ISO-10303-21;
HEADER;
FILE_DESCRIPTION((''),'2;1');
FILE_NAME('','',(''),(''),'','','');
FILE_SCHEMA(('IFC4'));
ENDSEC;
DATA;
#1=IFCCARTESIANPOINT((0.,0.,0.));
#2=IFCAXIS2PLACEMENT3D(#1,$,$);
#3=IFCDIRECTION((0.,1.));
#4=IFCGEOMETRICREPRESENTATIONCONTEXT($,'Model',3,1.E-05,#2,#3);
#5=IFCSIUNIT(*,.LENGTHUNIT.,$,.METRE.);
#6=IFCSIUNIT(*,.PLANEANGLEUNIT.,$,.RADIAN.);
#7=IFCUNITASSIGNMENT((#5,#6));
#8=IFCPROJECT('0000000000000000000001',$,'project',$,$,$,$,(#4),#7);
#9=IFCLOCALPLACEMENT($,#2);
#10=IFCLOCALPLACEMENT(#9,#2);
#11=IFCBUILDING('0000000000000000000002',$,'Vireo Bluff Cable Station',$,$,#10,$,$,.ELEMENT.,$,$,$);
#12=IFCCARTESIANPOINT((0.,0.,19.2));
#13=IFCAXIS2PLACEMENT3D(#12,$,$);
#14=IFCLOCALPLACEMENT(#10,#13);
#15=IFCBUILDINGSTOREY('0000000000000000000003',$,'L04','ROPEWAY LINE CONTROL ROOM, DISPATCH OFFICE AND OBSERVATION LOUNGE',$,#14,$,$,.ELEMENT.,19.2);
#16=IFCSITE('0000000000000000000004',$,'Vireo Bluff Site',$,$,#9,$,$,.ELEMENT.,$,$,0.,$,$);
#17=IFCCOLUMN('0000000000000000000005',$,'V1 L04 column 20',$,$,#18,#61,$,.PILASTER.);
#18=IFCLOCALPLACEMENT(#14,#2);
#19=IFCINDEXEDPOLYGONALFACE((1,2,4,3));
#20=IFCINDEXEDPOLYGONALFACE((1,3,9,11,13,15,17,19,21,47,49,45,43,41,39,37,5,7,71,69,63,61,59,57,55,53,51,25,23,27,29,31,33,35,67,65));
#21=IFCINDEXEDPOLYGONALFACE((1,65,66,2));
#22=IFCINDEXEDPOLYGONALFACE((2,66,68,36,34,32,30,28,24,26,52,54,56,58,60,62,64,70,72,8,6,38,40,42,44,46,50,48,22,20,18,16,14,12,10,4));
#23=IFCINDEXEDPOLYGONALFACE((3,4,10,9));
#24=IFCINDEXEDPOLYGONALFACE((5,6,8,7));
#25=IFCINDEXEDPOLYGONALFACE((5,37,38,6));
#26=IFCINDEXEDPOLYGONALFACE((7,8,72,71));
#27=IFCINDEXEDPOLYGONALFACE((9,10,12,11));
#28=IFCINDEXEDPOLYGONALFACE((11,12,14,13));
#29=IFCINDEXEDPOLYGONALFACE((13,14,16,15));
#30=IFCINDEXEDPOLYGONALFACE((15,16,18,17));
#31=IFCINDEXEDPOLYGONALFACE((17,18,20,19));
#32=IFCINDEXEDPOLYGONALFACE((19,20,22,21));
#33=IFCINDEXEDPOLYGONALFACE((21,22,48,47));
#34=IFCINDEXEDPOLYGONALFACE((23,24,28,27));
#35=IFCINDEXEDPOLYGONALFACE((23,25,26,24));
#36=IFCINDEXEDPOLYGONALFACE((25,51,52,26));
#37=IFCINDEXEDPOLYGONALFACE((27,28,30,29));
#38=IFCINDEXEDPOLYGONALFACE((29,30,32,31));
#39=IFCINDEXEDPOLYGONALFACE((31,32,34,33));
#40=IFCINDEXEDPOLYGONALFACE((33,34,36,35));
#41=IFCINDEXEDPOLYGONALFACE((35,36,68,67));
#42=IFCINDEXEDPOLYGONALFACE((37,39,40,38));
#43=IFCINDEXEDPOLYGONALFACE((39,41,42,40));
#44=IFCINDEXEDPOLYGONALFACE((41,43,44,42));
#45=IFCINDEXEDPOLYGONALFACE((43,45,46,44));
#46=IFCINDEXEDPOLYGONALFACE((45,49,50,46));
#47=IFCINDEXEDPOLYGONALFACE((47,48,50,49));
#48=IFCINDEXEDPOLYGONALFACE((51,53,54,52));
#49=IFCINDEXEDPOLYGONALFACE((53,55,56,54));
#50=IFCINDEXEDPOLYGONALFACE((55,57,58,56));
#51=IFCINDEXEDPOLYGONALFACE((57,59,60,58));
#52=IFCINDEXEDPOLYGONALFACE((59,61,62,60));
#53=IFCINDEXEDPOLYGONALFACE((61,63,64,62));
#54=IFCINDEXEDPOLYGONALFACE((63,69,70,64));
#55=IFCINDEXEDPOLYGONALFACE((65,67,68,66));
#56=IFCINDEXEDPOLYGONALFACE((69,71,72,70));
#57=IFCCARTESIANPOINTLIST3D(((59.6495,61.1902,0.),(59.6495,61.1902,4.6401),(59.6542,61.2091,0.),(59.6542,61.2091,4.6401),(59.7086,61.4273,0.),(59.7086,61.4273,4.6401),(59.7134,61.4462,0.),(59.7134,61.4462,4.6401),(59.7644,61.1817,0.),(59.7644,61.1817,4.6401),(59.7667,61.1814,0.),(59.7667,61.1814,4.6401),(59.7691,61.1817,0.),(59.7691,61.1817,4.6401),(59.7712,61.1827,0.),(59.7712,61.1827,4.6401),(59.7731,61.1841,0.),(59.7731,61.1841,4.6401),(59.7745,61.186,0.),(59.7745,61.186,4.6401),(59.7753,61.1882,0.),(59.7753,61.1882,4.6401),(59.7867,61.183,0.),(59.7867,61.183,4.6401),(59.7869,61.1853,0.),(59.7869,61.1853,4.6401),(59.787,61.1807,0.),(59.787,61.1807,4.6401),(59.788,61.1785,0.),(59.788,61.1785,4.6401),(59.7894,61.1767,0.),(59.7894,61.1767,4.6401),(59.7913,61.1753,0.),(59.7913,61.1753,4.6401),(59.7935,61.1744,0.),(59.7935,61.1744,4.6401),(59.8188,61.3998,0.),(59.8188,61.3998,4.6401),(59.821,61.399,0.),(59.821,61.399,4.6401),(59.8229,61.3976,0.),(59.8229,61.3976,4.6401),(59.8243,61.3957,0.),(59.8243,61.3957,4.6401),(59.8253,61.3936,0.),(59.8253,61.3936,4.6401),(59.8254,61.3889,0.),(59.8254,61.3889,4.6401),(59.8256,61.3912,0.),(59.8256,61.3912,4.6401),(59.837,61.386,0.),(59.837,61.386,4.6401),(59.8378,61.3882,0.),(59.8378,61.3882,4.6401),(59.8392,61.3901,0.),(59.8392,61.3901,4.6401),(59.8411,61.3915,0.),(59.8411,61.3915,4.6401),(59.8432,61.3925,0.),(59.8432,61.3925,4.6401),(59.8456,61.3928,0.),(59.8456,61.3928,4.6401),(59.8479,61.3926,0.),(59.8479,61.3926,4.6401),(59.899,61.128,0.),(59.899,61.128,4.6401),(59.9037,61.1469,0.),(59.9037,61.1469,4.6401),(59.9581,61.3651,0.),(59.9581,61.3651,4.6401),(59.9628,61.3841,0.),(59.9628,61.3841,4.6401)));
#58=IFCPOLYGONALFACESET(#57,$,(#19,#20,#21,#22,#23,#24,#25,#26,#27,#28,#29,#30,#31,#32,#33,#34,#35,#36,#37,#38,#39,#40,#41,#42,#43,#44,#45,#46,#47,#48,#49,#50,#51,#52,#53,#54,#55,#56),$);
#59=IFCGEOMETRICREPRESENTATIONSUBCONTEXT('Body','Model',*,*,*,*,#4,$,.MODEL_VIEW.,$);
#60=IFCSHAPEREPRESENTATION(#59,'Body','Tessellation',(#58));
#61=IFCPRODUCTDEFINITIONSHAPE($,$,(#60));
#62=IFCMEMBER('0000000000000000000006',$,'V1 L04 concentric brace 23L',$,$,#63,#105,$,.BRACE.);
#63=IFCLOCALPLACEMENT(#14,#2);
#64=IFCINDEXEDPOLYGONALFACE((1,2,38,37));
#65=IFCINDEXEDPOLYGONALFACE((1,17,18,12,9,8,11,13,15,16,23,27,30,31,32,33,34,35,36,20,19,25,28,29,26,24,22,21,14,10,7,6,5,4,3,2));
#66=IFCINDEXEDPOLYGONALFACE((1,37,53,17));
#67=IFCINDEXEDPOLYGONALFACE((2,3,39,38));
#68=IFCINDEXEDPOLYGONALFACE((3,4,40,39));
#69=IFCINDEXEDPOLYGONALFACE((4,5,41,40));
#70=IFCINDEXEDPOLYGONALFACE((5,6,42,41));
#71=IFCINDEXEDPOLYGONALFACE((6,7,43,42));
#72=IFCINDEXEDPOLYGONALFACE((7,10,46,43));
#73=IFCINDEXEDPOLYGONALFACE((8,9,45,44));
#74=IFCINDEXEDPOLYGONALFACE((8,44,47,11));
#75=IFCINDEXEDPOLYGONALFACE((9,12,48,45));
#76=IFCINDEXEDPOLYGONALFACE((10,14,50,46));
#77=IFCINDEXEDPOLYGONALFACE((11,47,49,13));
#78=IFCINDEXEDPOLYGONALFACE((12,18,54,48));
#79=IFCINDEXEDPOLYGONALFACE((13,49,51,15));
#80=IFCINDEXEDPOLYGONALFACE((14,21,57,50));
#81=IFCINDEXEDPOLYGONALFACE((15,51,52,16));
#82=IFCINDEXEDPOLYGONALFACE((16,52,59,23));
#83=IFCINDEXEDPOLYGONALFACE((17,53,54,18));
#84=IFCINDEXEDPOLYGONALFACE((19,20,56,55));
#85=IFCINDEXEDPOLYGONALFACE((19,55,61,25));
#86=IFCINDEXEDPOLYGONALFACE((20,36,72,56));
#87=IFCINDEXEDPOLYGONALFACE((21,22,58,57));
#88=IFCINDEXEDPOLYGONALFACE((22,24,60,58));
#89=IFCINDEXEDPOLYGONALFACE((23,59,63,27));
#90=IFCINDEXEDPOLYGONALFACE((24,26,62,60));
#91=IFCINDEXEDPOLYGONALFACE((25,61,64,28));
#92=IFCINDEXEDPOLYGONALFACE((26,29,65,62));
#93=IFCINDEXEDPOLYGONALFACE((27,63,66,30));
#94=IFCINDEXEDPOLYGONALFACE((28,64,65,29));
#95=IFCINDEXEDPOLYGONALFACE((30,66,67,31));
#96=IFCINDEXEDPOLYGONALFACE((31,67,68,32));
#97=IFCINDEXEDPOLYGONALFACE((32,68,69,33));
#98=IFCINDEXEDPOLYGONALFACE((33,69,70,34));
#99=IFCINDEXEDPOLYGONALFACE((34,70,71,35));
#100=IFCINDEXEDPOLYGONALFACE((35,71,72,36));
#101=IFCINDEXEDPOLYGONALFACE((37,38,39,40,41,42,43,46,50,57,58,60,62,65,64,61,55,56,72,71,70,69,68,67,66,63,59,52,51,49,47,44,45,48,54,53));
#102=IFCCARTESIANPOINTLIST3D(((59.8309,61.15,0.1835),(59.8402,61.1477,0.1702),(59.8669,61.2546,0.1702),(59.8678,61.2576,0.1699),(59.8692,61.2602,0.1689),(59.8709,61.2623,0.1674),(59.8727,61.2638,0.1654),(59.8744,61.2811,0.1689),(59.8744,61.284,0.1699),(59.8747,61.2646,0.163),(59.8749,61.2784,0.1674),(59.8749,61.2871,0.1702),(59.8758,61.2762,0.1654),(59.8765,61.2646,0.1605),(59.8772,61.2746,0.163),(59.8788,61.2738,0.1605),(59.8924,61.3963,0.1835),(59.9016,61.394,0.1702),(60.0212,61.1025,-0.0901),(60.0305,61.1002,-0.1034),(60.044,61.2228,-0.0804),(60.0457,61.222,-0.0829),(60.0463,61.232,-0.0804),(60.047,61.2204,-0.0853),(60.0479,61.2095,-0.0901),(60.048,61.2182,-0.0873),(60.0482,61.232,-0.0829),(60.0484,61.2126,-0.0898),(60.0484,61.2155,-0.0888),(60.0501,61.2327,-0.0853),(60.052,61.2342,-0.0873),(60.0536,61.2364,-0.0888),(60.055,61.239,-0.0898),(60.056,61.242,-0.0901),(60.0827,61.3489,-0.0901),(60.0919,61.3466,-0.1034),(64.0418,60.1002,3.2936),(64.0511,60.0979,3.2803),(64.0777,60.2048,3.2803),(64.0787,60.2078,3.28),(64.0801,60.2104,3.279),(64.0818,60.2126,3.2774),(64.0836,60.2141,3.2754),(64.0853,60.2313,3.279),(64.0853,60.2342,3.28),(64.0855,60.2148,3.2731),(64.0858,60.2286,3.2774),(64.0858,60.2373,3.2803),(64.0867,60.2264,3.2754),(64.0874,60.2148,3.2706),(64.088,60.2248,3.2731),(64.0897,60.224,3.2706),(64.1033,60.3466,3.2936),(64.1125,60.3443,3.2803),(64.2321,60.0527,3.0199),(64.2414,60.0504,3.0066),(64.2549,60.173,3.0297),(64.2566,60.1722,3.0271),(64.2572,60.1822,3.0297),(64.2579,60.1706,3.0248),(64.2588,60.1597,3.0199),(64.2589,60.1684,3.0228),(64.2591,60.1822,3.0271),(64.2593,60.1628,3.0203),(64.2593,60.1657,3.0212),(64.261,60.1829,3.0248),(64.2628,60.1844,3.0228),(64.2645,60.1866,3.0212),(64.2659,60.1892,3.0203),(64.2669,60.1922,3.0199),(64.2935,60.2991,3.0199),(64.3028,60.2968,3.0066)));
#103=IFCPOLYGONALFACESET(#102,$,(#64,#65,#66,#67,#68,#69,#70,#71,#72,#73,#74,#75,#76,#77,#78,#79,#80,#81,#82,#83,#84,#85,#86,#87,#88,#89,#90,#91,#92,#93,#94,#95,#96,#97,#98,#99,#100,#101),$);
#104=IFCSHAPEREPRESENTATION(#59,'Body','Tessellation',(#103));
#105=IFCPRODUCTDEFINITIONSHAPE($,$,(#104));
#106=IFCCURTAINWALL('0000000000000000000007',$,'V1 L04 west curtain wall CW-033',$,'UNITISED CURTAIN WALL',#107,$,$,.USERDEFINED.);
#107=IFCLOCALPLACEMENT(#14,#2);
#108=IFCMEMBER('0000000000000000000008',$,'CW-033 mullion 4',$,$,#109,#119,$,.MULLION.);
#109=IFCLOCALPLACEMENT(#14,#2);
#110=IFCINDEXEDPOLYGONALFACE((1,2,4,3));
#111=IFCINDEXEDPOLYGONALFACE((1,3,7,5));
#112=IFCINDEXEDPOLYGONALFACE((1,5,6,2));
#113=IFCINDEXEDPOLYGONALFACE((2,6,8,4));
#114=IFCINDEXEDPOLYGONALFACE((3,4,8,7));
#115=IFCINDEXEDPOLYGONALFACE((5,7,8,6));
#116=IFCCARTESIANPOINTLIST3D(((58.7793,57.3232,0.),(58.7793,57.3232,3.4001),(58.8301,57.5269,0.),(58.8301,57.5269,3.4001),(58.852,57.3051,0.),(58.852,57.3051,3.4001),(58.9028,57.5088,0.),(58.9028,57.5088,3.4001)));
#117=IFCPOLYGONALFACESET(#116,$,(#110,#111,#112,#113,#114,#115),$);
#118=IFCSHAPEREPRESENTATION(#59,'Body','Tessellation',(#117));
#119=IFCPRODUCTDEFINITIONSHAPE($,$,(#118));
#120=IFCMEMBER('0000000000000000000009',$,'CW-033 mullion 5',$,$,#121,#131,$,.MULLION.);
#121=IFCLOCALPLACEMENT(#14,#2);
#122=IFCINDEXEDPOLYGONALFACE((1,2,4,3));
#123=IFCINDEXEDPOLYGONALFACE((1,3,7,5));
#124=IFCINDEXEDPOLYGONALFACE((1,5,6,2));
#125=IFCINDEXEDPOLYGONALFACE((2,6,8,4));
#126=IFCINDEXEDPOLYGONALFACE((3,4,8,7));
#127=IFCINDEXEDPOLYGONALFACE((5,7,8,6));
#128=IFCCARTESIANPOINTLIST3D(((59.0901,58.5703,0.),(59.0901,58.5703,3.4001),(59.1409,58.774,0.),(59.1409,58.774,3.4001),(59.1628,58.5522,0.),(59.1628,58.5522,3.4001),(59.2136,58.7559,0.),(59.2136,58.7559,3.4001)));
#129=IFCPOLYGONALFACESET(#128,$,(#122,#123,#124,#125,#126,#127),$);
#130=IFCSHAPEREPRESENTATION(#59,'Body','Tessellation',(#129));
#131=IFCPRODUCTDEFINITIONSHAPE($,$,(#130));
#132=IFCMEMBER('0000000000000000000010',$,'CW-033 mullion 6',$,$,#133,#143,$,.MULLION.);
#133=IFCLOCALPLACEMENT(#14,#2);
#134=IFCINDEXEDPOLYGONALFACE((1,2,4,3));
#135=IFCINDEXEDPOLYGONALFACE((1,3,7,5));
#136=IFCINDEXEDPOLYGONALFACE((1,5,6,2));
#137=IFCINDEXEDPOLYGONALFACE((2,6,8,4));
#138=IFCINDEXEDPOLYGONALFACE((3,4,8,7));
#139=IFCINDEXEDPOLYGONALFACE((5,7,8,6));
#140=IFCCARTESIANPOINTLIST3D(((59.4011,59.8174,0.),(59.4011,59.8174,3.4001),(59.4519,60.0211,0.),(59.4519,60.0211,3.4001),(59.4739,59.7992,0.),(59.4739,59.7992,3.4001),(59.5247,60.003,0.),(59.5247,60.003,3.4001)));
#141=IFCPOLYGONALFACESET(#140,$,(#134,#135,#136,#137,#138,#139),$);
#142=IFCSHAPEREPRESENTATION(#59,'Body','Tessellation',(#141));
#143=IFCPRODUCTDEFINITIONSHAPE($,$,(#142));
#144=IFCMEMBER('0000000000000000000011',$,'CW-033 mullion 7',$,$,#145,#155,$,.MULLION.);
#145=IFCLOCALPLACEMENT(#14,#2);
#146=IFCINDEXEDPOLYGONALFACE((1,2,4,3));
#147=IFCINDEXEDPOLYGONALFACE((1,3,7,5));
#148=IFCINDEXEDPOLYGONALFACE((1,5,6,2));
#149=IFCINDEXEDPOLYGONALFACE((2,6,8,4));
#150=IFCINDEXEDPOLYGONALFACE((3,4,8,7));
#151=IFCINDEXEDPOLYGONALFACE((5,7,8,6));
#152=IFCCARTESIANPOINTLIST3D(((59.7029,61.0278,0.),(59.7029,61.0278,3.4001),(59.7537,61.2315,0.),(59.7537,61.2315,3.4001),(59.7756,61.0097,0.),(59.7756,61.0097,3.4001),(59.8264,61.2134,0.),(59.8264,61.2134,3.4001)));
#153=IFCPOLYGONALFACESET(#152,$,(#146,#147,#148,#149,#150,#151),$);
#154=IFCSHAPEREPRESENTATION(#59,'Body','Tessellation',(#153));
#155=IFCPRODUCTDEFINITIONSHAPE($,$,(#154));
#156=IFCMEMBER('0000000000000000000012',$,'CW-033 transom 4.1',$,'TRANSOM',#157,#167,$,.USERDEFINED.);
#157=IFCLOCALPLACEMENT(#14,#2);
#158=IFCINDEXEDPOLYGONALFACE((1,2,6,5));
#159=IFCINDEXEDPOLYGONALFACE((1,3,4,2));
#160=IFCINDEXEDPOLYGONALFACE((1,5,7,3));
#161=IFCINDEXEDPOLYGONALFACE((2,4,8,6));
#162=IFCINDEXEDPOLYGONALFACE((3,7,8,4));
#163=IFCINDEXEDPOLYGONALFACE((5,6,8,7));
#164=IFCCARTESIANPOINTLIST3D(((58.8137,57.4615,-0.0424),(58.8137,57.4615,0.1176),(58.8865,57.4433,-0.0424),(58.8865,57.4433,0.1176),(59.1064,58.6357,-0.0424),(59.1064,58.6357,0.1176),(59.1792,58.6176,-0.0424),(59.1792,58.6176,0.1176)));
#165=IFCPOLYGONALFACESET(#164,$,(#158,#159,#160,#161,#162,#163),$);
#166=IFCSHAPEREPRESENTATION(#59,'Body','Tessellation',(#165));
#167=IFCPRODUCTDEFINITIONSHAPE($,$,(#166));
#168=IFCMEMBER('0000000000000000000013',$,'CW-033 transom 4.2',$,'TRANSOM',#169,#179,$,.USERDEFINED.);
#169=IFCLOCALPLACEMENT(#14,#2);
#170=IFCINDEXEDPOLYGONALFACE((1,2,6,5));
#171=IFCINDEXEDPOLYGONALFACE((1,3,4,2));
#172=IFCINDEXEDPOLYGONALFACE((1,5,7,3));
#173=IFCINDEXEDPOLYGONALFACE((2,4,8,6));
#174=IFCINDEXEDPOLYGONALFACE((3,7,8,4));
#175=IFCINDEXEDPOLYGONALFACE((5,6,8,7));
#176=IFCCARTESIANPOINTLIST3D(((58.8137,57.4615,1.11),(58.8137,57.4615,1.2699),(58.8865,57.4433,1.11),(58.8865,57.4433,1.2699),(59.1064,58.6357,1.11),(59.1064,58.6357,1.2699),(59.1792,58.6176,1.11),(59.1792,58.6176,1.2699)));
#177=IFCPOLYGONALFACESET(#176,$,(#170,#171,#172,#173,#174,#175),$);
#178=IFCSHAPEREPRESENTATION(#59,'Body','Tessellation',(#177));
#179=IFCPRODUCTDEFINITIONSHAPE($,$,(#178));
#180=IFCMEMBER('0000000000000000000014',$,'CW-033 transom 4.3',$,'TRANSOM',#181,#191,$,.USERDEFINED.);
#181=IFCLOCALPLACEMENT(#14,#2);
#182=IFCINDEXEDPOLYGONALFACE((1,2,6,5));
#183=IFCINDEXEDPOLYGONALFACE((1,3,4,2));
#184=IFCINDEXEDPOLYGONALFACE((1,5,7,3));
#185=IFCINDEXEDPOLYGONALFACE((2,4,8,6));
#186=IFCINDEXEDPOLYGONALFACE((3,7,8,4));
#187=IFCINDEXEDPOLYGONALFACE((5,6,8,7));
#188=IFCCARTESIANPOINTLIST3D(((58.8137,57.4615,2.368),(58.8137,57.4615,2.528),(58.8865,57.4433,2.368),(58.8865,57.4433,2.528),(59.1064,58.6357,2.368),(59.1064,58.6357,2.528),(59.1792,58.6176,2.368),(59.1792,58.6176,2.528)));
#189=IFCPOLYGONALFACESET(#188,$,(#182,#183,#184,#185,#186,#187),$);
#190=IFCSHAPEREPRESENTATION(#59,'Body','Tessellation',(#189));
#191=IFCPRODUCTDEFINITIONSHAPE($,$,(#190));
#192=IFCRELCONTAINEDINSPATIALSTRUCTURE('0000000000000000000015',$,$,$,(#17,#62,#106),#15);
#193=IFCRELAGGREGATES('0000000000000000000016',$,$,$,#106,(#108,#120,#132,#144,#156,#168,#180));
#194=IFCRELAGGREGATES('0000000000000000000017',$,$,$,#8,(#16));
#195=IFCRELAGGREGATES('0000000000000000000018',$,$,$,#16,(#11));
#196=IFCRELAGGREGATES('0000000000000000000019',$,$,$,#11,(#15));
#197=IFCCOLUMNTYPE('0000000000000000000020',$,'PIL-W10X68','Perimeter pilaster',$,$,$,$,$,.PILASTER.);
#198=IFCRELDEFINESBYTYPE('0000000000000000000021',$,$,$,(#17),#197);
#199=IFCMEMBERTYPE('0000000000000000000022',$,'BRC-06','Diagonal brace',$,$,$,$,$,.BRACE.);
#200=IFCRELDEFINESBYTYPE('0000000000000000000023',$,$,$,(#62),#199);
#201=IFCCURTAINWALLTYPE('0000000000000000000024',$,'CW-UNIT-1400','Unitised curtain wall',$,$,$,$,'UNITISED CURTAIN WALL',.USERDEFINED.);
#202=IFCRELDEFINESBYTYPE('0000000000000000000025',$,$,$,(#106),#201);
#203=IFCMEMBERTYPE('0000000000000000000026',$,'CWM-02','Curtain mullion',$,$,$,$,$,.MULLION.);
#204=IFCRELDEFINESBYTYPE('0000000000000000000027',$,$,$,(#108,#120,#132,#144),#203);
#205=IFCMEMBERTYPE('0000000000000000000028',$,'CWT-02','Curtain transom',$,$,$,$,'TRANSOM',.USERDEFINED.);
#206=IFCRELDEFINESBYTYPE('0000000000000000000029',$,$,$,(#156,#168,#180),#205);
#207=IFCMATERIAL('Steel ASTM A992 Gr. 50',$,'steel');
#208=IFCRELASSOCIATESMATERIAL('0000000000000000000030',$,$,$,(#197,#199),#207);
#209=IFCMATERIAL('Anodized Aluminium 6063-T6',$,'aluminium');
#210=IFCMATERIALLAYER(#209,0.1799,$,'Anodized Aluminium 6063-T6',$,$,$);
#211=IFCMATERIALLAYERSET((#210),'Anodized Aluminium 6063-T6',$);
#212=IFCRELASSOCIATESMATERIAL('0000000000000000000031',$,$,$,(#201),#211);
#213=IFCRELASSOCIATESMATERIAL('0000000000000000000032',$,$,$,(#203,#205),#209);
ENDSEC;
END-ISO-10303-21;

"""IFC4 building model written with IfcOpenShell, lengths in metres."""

from ifc_helpers import new_model, si_unit, direction, frame, origin, origin_2d, place, context, subcontext, project, spatial, rectangle, i_section, extrude, material, layer, layer_set, material_profile, profile_set, type_object, element, aggregate, save


model = new_model("IFC4")

# Units and contexts
model_context = context("Model", 3, precision=1e-05, world=origin(), true_north=direction((0.0, 1.0)))
body_context = subcontext(model_context, "Body", "Model", "MODEL_VIEW")
ifc_project = project(units=[si_unit("LENGTHUNIT", "METRE"), si_unit("PLANEANGLEUNIT", "RADIAN")], contexts=[model_context])

# Site, building, storey
site_placement = place(None, origin())
site = spatial("IfcSite", under=ifc_project, at=site_placement, Name="Vireo Bluff Site", CompositionType="ELEMENT", RefElevation=0.0)
building_placement = place(site_placement, origin())
building = spatial("IfcBuilding", under=site, at=building_placement, Name="Vireo Bluff Cable Station", CompositionType="ELEMENT")
storey_placement = place(building_placement, frame((0.0, 0.0, 19.2)))
storey = spatial("IfcBuildingStorey", under=building, at=storey_placement, Name="L04", Description="ROPEWAY LINE CONTROL ROOM, DISPATCH OFFICE AND OBSERVATION LOUNGE", CompositionType="ELEMENT", Elevation=19.2)

# Column
ifc_material_1 = material(Name="Steel ASTM A992 Gr. 50", Category="steel")
ifc_material_profile_1 = material_profile(ifc_material_1, i_section(OverallWidth=0.2571, OverallDepth=0.2639, WebThickness=0.012, FlangeThickness=0.0195, FilletRadius=0.009, at=origin_2d()), Name="W10X68")
ifc_profile_set_1 = profile_set([ifc_material_profile_1], Name="Steel ASTM A992 Gr. 50")
column_type = type_object("IfcColumnType", Name="PIL-W10X68", Description="Perimeter pilaster", PredefinedType="PILASTER", material=ifc_profile_set_1)
column_placement = place(storey_placement, frame((59.8062, 61.2871, 0.0), z_axis=(0.0, 0.0, 1.0), x_axis=(0.970296, -0.241922, 0.0)))
element("IfcColumn", 1, at=column_placement, inside=storey, type_object=column_type, Name="V1 L04 column 20", PredefinedType="PILASTER", context=body_context, shape_type="SweptSolid", body=[
    extrude(i_section(OverallWidth=0.2571, OverallDepth=0.2639, WebThickness=0.012, FlangeThickness=0.0195, FilletRadius=0.009, at=origin_2d()), origin(), (0.0, 0.0, 1.0), 4.6401),
])

# Member
ifc_material_profile_2 = material_profile(ifc_material_1, i_section(OverallWidth=0.2539, OverallDepth=0.353, WebThickness=0.0095, FlangeThickness=0.0164, FilletRadius=0.012, at=origin_2d()), Name="W14X61")
ifc_profile_set_2 = profile_set([ifc_material_profile_2], Name="Steel ASTM A992 Gr. 50")
member_type_1 = type_object("IfcMemberType", Name="BRC-06", Description="Diagonal brace", PredefinedType="BRACE", material=ifc_profile_set_2)
member_1_placement = place(storey_placement, frame((59.9614, 61.2483, 0.04), z_axis=(0.788686, -0.196623, 0.582506), x_axis=(0.2419, 0.970301, 0.0)))
element("IfcMember", 2, at=member_1_placement, inside=storey, type_object=member_type_1, Name="V1 L04 concentric brace 23L", PredefinedType="BRACE", context=body_context, shape_type="SweptSolid", body=[
    extrude(i_section(OverallWidth=0.2539, OverallDepth=0.353, WebThickness=0.0095, FlangeThickness=0.0164, FilletRadius=0.012, at=origin_2d()), origin(), (0.0, 0.0, 1.0), 5.3391),
])

# Curtain wall, members
ifc_material_2 = material(Name="Anodized Aluminium 6063-T6", Category="aluminium")
ifc_layer_1 = layer(ifc_material_2, 0.1799, Name="Anodized Aluminium 6063-T6")
ifc_layer_set_1 = layer_set([ifc_layer_1], Name="Anodized Aluminium 6063-T6")
curtain_wall_type = type_object("IfcCurtainWallType", Name="CW-UNIT-1400", Description="Unitised curtain wall", ElementType="UNITISED CURTAIN WALL", PredefinedType="USERDEFINED", material=ifc_layer_set_1)
curtain_wall_placement = place(storey_placement, origin())
curtain_wall = element("IfcCurtainWall", 3, at=curtain_wall_placement, inside=storey, type_object=curtain_wall_type, Name="V1 L04 west curtain wall CW-033", ObjectType="UNITISED CURTAIN WALL", PredefinedType="USERDEFINED")
ifc_material_profile_3 = material_profile(ifc_material_2, rectangle(XDim=0.075, YDim=0.21, at=origin_2d()), Name="ALU-M-75X210")
ifc_profile_set_3 = profile_set([ifc_material_profile_3], Name="Anodized Aluminium 6063-T6")
member_type_2 = type_object("IfcMemberType", Name="CWM-02", Description="Curtain mullion", PredefinedType="MULLION", material=ifc_profile_set_3)
member_2_placement = place(storey_placement, frame((58.8411, 57.416, 0.0), z_axis=(0.0, 0.0, 1.0), x_axis=(-0.970296, 0.241922, 0.0)))
member_2 = element("IfcMember", 4, at=member_2_placement, type_object=member_type_2, Name="CW-033 mullion 4", PredefinedType="MULLION", context=body_context, shape_type="SweptSolid", body=[
    extrude(rectangle(XDim=0.075, YDim=0.21, at=origin_2d()), origin(), (0.0, 0.0, 1.0), 3.4001),
])
member_3_placement = place(storey_placement, frame((59.1519, 58.6631, 0.0), z_axis=(0.0, 0.0, 1.0), x_axis=(-0.970296, 0.241922, 0.0)))
member_3 = element("IfcMember", 5, at=member_3_placement, type_object=member_type_2, Name="CW-033 mullion 5", PredefinedType="MULLION", context=body_context, shape_type="SweptSolid", body=[
    extrude(rectangle(XDim=0.075, YDim=0.21, at=origin_2d()), origin(), (0.0, 0.0, 1.0), 3.4001),
])
member_4_placement = place(storey_placement, frame((59.4629, 59.9102, 0.0), z_axis=(0.0, 0.0, 1.0), x_axis=(-0.970296, 0.241922, 0.0)))
member_4 = element("IfcMember", 6, at=member_4_placement, type_object=member_type_2, Name="CW-033 mullion 6", PredefinedType="MULLION", context=body_context, shape_type="SweptSolid", body=[
    extrude(rectangle(XDim=0.075, YDim=0.21, at=origin_2d()), origin(), (0.0, 0.0, 1.0), 3.4001),
])
member_5_placement = place(storey_placement, frame((59.7646, 61.1206, 0.0), z_axis=(0.0, 0.0, 1.0), x_axis=(-0.970296, 0.241922, 0.0)))
member_5 = element("IfcMember", 7, at=member_5_placement, type_object=member_type_2, Name="CW-033 mullion 7", PredefinedType="MULLION", context=body_context, shape_type="SweptSolid", body=[
    extrude(rectangle(XDim=0.075, YDim=0.21, at=origin_2d()), origin(), (0.0, 0.0, 1.0), 3.4001),
])
ifc_material_profile_4 = material_profile(ifc_material_2, rectangle(XDim=0.075, YDim=0.1599, at=origin_2d()), Name="ALU-T-75X160")
ifc_profile_set_4 = profile_set([ifc_material_profile_4], Name="Anodized Aluminium 6063-T6")
member_type_3 = type_object("IfcMemberType", Name="CWT-02", Description="Curtain transom", ElementType="TRANSOM", PredefinedType="USERDEFINED", material=ifc_profile_set_4)
member_6_placement = place(storey_placement, frame((58.8501, 57.4524, 0.0376), z_axis=(0.241871, 0.970308, 0.0), x_axis=(-0.970308, 0.241871, 0.0)))
member_6 = element("IfcMember", 8, at=member_6_placement, type_object=member_type_3, Name="CW-033 transom 4.1", ObjectType="TRANSOM", PredefinedType="USERDEFINED", context=body_context, shape_type="SweptSolid", body=[
    extrude(rectangle(XDim=0.075, YDim=0.1599, at=origin_2d()), origin(), (0.0, 0.0, 1.0), 1.2102),
])
member_7_placement = place(storey_placement, frame((58.8501, 57.4524, 1.1899), z_axis=(0.241871, 0.970308, 0.0), x_axis=(-0.970308, 0.241871, 0.0)))
member_7 = element("IfcMember", 9, at=member_7_placement, type_object=member_type_3, Name="CW-033 transom 4.2", ObjectType="TRANSOM", PredefinedType="USERDEFINED", context=body_context, shape_type="SweptSolid", body=[
    extrude(rectangle(XDim=0.075, YDim=0.1599, at=origin_2d()), origin(), (0.0, 0.0, 1.0), 1.2102),
])
member_8_placement = place(storey_placement, frame((58.8501, 57.4524, 2.448), z_axis=(0.241871, 0.970308, 0.0), x_axis=(-0.970308, 0.241871, 0.0)))
member_8 = element("IfcMember", 10, at=member_8_placement, type_object=member_type_3, Name="CW-033 transom 4.3", ObjectType="TRANSOM", PredefinedType="USERDEFINED", context=body_context, shape_type="SweptSolid", body=[
    extrude(rectangle(XDim=0.075, YDim=0.1599, at=origin_2d()), origin(), (0.0, 0.0, 1.0), 1.2102),
])

aggregate(curtain_wall, [member_2, member_3, member_4, member_5, member_6, member_7, member_8])

save(model, "model.ifc")
